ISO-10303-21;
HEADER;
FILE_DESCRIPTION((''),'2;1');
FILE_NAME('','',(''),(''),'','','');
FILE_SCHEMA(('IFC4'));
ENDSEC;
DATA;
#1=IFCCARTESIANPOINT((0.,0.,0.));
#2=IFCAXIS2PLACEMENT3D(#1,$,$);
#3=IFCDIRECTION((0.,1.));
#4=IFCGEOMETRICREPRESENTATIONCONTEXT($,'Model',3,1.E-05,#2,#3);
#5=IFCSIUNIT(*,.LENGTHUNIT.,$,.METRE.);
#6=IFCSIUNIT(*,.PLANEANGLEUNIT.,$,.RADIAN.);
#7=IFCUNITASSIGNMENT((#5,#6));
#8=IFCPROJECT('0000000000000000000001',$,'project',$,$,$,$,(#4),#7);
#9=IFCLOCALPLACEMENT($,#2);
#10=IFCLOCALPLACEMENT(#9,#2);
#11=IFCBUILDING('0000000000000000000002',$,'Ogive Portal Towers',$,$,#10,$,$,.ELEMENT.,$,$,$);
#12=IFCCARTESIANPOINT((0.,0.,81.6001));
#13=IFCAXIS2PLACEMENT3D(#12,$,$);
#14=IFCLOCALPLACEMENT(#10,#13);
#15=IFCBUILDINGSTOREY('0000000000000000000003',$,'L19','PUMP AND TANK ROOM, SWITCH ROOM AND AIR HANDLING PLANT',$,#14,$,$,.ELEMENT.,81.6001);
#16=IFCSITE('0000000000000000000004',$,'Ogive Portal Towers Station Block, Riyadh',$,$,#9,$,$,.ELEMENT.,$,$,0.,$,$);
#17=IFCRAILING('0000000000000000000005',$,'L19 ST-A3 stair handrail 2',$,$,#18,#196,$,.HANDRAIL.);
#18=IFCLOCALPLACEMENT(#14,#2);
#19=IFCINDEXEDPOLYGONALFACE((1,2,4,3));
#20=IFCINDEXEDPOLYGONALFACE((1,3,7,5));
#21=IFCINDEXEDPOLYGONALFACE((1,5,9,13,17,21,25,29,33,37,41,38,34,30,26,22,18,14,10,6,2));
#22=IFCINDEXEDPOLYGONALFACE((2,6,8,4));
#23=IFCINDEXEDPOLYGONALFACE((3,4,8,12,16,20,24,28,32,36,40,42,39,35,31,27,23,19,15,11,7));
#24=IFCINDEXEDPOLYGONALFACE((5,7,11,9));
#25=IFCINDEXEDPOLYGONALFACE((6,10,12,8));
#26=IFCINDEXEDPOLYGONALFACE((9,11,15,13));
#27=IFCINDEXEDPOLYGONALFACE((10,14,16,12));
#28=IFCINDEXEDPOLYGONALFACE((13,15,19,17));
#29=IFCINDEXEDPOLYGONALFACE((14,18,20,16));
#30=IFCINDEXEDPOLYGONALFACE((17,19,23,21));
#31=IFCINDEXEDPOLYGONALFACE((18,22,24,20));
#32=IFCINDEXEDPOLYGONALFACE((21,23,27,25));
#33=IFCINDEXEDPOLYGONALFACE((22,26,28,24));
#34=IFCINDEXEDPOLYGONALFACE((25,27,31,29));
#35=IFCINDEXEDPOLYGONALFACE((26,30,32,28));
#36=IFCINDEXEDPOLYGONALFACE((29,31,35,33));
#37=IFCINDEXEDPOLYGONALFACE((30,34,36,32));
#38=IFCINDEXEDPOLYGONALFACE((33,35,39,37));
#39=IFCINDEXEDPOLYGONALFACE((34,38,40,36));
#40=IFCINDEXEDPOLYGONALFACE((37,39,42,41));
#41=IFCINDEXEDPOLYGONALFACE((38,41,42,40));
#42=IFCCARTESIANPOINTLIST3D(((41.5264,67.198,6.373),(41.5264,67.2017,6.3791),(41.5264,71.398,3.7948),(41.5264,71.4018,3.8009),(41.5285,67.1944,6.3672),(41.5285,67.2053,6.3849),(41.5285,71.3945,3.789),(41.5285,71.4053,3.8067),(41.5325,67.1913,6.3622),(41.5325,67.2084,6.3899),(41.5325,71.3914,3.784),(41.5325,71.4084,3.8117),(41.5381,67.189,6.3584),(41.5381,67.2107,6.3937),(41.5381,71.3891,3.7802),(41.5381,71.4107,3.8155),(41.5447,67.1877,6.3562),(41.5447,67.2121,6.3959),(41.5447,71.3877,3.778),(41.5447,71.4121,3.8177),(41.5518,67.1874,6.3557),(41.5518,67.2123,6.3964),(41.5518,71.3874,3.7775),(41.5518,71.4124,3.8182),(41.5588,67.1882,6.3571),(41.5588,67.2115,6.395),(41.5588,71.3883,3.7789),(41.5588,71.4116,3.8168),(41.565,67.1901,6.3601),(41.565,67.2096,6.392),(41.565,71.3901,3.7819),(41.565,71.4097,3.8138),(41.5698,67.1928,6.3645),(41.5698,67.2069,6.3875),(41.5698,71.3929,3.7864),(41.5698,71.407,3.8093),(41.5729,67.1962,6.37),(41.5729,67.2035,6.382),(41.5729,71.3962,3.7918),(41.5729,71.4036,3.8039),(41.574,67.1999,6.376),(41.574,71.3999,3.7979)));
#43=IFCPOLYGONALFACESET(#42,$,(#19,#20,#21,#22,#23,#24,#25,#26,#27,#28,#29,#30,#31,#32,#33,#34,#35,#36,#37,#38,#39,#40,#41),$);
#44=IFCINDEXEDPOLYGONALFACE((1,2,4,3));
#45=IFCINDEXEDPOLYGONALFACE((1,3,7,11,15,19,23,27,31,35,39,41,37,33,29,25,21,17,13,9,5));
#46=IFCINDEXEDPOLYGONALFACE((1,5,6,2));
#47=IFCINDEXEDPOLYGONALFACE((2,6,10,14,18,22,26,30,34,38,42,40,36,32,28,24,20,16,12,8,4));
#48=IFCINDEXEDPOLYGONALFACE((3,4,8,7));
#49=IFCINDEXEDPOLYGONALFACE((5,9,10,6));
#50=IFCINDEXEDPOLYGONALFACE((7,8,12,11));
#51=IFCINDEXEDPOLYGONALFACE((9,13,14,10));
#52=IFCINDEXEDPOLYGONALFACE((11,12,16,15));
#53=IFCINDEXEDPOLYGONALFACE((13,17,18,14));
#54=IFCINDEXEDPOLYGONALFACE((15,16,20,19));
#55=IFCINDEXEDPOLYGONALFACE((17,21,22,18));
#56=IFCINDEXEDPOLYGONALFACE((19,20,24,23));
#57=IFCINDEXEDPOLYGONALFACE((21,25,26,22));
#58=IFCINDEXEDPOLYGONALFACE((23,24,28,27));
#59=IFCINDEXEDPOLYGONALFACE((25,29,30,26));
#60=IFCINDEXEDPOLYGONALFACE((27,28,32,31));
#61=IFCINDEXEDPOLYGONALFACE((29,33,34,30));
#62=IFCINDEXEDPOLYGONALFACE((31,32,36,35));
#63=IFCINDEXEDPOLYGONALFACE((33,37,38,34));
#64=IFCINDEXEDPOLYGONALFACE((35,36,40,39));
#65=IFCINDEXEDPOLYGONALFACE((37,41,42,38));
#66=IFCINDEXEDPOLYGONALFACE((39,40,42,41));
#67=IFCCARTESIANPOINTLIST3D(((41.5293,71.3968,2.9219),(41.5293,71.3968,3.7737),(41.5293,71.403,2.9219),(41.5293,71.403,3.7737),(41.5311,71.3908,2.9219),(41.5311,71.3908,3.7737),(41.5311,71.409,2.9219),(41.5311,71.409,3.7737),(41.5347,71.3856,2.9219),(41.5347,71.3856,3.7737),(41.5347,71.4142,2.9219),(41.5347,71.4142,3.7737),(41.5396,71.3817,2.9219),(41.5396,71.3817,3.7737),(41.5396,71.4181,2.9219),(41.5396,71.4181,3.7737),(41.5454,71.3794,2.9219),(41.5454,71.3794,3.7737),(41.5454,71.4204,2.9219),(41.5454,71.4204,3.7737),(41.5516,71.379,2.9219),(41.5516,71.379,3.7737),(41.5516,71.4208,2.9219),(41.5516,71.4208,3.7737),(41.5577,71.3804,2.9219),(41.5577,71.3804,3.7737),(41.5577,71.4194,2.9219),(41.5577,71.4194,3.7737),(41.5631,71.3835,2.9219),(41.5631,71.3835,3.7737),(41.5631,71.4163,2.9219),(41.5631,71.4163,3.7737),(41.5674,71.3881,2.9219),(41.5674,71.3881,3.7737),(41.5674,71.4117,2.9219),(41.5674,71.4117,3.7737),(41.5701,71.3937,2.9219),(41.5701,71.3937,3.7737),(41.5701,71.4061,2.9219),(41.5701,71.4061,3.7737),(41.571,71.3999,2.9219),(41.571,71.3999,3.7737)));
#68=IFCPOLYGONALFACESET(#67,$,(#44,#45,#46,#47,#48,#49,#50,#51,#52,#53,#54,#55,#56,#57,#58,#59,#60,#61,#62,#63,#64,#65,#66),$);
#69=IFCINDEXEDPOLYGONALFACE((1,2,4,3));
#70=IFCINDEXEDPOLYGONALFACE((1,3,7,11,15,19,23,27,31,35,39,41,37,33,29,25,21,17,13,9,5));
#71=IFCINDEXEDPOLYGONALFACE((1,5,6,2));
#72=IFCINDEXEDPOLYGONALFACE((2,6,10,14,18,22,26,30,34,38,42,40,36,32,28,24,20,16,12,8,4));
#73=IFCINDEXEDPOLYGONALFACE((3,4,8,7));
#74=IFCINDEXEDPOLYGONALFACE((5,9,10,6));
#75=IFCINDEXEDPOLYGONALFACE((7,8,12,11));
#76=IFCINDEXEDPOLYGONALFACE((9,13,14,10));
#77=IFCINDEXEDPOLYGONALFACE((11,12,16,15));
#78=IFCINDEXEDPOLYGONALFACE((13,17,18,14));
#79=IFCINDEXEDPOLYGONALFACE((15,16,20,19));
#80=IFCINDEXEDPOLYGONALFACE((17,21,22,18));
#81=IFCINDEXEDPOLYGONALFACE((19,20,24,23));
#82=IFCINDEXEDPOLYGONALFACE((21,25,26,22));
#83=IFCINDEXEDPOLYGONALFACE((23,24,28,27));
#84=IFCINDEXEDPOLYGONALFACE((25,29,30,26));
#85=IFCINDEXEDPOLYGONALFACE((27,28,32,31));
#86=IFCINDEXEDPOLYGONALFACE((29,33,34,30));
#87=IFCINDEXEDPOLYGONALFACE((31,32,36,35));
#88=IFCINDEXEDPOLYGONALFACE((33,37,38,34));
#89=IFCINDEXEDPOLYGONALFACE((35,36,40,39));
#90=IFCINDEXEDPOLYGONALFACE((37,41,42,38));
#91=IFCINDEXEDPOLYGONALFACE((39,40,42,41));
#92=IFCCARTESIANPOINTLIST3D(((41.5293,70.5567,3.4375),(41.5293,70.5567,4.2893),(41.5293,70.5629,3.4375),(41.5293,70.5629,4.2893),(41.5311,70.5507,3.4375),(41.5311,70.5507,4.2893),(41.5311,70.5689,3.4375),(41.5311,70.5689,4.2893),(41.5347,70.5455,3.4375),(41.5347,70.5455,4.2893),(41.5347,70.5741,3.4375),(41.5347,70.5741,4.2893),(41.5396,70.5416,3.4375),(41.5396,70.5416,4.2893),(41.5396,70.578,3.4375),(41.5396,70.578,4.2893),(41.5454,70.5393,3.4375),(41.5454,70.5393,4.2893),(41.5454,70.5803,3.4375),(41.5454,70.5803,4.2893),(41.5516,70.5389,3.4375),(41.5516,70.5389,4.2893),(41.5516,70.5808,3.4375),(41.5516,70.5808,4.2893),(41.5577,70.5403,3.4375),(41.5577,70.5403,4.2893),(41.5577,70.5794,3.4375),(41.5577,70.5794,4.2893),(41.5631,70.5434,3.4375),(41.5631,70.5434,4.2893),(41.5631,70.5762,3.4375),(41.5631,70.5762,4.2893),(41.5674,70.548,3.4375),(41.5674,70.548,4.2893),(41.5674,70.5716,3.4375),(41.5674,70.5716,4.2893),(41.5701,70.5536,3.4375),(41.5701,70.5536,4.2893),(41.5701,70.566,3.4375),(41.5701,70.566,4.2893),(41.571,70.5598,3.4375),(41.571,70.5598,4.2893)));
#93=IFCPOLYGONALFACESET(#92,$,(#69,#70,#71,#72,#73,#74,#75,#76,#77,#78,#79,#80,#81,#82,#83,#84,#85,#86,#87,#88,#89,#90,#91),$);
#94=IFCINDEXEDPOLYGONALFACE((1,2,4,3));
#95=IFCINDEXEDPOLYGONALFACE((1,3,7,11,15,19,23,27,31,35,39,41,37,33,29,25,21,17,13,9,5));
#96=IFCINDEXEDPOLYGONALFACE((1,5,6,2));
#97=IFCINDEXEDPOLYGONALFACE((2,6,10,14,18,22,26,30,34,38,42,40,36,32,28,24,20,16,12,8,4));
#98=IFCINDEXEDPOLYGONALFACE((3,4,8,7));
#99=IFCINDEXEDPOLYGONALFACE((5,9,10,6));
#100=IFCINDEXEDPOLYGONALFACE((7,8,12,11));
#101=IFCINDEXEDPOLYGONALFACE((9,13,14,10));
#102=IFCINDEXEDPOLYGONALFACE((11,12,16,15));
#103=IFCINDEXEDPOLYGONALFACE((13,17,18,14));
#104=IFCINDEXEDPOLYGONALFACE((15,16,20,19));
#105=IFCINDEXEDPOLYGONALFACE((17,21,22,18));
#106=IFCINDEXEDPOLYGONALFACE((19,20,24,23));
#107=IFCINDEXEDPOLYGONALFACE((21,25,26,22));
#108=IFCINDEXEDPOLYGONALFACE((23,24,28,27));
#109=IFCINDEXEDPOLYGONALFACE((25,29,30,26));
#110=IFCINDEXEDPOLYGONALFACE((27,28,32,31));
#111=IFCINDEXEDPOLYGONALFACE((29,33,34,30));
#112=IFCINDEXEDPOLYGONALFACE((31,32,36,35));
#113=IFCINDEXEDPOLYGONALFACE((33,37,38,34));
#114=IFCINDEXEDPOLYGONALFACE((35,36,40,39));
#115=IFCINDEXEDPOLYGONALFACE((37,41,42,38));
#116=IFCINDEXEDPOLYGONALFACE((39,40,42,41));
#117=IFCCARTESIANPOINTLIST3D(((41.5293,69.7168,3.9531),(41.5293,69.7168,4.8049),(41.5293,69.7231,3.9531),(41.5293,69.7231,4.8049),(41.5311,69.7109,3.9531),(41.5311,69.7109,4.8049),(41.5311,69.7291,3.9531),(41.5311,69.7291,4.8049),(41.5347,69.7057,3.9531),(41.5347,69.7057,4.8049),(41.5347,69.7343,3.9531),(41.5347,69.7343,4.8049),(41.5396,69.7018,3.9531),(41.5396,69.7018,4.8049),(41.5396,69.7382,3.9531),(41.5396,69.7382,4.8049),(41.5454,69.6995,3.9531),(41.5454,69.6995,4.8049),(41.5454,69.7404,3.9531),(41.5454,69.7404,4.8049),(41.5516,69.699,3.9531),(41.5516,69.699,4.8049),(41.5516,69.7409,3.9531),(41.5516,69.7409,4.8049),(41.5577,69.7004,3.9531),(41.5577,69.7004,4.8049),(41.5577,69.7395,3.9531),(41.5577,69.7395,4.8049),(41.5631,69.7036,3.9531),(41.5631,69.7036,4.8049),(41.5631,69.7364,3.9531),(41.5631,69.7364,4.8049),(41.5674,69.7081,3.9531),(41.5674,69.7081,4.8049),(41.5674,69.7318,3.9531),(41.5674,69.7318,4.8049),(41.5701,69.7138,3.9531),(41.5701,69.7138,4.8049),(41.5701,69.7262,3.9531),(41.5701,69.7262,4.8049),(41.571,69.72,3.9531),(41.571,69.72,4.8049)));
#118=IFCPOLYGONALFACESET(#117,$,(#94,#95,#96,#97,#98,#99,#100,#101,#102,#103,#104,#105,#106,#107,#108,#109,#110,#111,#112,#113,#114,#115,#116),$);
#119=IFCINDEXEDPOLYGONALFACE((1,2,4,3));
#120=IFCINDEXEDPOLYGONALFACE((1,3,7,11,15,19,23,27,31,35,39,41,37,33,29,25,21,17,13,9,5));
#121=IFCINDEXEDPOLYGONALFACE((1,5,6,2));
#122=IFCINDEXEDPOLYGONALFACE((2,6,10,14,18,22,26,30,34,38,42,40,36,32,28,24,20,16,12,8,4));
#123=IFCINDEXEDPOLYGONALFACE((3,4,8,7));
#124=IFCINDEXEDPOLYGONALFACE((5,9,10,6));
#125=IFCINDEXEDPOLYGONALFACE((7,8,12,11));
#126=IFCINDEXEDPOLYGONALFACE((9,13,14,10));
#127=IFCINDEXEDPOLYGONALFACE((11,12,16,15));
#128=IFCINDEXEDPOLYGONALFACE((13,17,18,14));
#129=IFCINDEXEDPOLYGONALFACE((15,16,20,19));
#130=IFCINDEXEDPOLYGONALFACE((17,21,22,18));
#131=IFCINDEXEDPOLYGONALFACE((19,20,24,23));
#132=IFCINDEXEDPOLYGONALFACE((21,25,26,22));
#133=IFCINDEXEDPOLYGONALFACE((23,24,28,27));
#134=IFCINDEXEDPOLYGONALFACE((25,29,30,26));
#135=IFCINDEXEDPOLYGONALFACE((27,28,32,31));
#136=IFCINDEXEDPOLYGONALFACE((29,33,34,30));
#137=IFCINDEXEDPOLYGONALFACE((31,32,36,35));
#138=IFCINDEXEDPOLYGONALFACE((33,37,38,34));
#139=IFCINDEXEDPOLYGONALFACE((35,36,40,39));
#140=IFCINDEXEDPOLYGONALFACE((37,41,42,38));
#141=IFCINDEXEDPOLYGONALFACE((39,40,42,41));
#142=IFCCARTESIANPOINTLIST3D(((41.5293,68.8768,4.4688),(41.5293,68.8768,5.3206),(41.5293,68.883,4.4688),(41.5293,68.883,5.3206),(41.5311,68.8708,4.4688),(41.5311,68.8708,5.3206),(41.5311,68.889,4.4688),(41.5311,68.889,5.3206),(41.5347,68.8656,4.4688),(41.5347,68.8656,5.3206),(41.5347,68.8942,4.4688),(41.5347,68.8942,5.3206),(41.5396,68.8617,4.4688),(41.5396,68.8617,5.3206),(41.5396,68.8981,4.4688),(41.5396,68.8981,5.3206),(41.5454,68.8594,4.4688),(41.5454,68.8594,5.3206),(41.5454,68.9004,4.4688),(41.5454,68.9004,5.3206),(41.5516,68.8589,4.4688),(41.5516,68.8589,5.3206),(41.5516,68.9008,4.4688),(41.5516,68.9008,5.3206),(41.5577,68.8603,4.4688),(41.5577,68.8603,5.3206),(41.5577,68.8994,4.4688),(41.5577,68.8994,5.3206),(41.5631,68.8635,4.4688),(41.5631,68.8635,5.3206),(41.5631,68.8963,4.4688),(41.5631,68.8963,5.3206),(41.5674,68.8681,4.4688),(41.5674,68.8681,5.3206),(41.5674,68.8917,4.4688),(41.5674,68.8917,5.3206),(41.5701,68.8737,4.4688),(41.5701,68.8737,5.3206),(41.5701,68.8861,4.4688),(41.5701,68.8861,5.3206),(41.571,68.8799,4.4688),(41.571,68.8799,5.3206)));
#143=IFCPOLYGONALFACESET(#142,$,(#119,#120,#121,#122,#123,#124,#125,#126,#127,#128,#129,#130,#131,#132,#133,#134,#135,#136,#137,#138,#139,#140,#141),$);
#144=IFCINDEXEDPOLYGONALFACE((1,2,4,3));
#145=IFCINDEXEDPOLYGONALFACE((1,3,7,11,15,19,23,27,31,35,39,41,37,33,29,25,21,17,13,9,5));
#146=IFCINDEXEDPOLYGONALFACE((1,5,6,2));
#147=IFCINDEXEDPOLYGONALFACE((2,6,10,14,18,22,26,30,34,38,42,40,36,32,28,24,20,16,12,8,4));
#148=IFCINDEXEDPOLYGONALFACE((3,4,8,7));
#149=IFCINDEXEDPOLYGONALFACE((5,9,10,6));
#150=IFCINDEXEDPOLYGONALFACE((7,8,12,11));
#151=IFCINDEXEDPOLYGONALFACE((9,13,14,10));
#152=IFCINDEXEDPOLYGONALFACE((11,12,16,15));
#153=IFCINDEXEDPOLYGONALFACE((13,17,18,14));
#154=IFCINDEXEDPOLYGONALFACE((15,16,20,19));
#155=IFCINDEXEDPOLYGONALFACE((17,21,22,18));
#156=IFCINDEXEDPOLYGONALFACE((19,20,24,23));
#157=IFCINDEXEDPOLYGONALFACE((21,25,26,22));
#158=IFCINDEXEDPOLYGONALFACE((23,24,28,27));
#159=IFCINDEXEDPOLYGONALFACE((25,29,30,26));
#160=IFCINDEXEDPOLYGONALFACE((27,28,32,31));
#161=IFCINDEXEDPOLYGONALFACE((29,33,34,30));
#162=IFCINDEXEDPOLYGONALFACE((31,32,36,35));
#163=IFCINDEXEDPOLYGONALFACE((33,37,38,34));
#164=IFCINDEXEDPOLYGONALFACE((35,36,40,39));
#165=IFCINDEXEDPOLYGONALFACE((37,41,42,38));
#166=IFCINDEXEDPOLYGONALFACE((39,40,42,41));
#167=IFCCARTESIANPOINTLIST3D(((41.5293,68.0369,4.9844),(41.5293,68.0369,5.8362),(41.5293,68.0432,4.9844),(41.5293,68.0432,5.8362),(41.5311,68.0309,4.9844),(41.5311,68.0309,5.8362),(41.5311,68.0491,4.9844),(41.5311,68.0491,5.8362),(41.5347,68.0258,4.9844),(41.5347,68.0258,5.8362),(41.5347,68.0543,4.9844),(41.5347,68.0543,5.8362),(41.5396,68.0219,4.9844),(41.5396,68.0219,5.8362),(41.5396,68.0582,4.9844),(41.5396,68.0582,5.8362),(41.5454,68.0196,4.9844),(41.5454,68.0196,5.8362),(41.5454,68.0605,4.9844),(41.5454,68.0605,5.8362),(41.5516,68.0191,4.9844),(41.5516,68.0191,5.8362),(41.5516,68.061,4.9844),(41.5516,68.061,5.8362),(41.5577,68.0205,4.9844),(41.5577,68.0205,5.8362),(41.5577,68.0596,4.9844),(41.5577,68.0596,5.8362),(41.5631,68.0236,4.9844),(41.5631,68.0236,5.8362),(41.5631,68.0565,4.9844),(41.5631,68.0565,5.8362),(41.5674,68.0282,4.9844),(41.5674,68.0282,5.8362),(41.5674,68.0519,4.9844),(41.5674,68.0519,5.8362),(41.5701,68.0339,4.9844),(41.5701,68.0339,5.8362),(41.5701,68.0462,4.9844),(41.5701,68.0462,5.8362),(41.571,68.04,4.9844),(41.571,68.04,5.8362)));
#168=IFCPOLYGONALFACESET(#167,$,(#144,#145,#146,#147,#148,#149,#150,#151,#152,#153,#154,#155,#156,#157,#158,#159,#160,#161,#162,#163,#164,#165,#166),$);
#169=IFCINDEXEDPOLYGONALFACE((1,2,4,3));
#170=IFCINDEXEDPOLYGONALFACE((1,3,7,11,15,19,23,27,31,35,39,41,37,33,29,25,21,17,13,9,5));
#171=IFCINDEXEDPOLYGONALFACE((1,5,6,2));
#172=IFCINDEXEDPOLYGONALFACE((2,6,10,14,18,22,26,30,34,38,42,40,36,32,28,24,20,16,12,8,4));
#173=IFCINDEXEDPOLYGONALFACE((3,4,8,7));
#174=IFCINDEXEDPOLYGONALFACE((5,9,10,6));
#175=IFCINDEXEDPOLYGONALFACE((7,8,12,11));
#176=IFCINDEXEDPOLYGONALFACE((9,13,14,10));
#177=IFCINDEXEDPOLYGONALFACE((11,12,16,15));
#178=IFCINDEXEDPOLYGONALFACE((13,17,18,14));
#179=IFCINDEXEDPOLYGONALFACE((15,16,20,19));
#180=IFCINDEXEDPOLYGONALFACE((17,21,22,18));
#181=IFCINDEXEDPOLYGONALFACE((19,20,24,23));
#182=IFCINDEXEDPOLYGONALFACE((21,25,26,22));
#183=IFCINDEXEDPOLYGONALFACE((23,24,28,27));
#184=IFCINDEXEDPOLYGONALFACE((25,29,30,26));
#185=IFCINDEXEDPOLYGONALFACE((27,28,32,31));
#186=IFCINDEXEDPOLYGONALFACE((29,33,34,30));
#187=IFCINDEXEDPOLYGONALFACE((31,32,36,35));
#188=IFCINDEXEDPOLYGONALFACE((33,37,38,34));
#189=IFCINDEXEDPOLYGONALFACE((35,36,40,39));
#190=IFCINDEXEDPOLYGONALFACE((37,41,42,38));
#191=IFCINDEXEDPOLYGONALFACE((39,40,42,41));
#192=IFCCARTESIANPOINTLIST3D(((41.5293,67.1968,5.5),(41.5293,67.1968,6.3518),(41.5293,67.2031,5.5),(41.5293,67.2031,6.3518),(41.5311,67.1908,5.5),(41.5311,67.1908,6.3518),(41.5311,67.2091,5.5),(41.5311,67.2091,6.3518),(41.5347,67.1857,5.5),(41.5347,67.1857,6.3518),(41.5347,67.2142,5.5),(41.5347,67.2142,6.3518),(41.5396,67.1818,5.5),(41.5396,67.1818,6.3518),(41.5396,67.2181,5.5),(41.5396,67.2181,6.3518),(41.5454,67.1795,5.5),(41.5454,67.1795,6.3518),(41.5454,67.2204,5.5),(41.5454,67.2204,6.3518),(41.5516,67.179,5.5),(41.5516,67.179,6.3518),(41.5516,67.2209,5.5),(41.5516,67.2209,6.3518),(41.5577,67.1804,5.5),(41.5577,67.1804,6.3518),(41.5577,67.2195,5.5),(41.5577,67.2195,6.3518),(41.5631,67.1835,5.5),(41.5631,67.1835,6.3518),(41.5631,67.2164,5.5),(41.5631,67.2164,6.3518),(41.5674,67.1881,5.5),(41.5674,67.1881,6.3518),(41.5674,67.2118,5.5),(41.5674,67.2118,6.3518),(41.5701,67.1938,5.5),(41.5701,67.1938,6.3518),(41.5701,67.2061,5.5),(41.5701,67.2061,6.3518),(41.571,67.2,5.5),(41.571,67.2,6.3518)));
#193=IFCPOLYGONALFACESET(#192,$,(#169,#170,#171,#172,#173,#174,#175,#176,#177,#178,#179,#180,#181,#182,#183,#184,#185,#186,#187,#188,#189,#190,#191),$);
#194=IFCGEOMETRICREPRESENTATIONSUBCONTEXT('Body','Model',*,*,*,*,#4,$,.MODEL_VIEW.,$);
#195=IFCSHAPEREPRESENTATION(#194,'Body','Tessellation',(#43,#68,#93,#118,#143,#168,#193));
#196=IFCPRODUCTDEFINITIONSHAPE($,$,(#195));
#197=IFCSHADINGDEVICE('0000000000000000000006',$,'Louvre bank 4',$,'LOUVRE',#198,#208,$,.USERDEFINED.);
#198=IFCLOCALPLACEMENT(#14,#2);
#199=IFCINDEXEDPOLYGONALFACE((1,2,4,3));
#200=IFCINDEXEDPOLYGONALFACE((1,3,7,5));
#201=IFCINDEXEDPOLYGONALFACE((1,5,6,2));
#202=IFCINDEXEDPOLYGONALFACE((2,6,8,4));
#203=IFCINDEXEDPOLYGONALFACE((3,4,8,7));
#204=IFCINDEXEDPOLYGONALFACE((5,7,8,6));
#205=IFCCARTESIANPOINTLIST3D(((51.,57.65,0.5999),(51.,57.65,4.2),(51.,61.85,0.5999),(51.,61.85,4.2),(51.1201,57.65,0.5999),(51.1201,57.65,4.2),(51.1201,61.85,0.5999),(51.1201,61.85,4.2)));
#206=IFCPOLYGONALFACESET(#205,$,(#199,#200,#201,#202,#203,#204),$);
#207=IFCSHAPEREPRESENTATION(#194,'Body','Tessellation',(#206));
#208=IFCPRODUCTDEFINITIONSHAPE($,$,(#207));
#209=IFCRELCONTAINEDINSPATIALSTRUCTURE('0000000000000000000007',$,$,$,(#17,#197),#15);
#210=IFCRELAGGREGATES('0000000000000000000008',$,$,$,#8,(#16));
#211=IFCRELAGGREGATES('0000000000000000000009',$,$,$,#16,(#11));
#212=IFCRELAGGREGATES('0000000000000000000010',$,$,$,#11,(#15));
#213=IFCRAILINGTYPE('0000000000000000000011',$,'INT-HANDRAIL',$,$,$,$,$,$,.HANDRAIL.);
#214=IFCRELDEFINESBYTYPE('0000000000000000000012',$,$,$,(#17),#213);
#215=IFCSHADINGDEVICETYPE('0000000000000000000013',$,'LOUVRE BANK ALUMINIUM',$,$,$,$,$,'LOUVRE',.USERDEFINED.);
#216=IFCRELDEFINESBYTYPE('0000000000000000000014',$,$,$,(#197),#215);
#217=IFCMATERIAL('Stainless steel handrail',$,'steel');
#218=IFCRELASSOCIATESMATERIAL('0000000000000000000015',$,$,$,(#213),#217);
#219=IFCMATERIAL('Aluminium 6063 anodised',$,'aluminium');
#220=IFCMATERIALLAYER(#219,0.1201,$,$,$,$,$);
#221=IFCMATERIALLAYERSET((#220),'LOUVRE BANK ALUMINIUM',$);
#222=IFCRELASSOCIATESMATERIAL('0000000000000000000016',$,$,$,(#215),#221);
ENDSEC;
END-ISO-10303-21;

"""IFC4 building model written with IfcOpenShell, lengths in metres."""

from ifc_helpers import new_model, si_unit, direction, frame, origin, origin_2d, place, context, subcontext, project, spatial, rectangle, circle, extrude, material, layer, layer_set, type_object, element, save


model = new_model("IFC4")

# Units and contexts
model_context = context("Model", 3, precision=1e-05, world=origin(), true_north=direction((0.0, 1.0)))
body_context = subcontext(model_context, "Body", "Model", "MODEL_VIEW")
ifc_project = project(units=[si_unit("LENGTHUNIT", "METRE"), si_unit("PLANEANGLEUNIT", "RADIAN")], contexts=[model_context])

# Site, building, storey
site_placement = place(None, origin())
site = spatial("IfcSite", under=ifc_project, at=site_placement, Name="Ogive Portal Towers Station Block, Riyadh", CompositionType="ELEMENT", RefElevation=0.0)
building_placement = place(site_placement, origin())
building = spatial("IfcBuilding", under=site, at=building_placement, Name="Ogive Portal Towers", CompositionType="ELEMENT")
storey_placement = place(building_placement, frame((0.0, 0.0, 81.6001)))
storey = spatial("IfcBuildingStorey", under=building, at=storey_placement, Name="L19", Description="PUMP AND TANK ROOM, SWITCH ROOM AND AIR HANDLING PLANT", CompositionType="ELEMENT", Elevation=81.6001)

# Railing
ifc_material_1 = material(Name="Stainless steel handrail", Category="steel")
railing_type_1 = type_object("IfcRailingType", Name="INT-HANDRAIL", PredefinedType="HANDRAIL", material=ifc_material_1)
railing_1_placement = place(storey_placement, frame((41.55, 71.3999, 2.9219)))
element("IfcRailing", 1, at=railing_1_placement, inside=storey, type_object=railing_type_1, Name="L19 ST-A3 stair handrail 2", PredefinedType="HANDRAIL", context=body_context, shape_type="SweptSolid", body=[
    extrude(circle(Radius=0.0239, at=origin_2d()), frame((0.0, 0.0, 0.876), z_axis=(0.0, -0.852243, 0.523146), x_axis=(1.0, 0.0, 0.0)), (0.0, 0.0, 1.0), 4.9282),
    extrude(circle(Radius=0.021, at=origin_2d()), origin(), (0.0, 0.0, 1.0), 0.8518),
    extrude(circle(Radius=0.021, at=origin_2d()), frame((0.0, -0.8401, 0.5156)), (0.0, 0.0, 1.0), 0.8518),
    extrude(circle(Radius=0.021, at=origin_2d()), frame((0.0, -1.6799, 1.0312)), (0.0, 0.0, 1.0), 0.8518),
    extrude(circle(Radius=0.021, at=origin_2d()), frame((0.0, -2.52, 1.5469)), (0.0, 0.0, 1.0), 0.8518),
    extrude(circle(Radius=0.021, at=origin_2d()), frame((0.0, -3.3599, 2.0625)), (0.0, 0.0, 1.0), 0.8518),
    extrude(circle(Radius=0.021, at=origin_2d()), frame((0.0, -4.2, 2.5781)), (0.0, 0.0, 1.0), 0.8518),
])

# Shading device
ifc_material_2 = material(Name="Aluminium 6063 anodised", Category="aluminium")
ifc_layer_1 = layer(ifc_material_2, 0.1201)
ifc_layer_set_1 = layer_set([ifc_layer_1], Name="LOUVRE BANK ALUMINIUM")
shading_device_type = type_object("IfcShadingDeviceType", Name="LOUVRE BANK ALUMINIUM", ElementType="LOUVRE", PredefinedType="USERDEFINED", material=ifc_layer_set_1)
shading_device_1_placement = place(storey_placement, frame((51.0601, 59.75, 0.5999), z_axis=(0.0, 0.0, 1.0), x_axis=(0.0, 1.0, 0.0)))
element("IfcShadingDevice", 2, at=shading_device_1_placement, inside=storey, type_object=shading_device_type, Name="Louvre bank 4", ObjectType="LOUVRE", PredefinedType="USERDEFINED", context=body_context, shape_type="SweptSolid", body=[
    extrude(rectangle(XDim=4.2, YDim=0.1201, at=origin_2d()), origin(), (0.0, 0.0, 1.0), 3.6001),
])

save(model, "model.ifc")
